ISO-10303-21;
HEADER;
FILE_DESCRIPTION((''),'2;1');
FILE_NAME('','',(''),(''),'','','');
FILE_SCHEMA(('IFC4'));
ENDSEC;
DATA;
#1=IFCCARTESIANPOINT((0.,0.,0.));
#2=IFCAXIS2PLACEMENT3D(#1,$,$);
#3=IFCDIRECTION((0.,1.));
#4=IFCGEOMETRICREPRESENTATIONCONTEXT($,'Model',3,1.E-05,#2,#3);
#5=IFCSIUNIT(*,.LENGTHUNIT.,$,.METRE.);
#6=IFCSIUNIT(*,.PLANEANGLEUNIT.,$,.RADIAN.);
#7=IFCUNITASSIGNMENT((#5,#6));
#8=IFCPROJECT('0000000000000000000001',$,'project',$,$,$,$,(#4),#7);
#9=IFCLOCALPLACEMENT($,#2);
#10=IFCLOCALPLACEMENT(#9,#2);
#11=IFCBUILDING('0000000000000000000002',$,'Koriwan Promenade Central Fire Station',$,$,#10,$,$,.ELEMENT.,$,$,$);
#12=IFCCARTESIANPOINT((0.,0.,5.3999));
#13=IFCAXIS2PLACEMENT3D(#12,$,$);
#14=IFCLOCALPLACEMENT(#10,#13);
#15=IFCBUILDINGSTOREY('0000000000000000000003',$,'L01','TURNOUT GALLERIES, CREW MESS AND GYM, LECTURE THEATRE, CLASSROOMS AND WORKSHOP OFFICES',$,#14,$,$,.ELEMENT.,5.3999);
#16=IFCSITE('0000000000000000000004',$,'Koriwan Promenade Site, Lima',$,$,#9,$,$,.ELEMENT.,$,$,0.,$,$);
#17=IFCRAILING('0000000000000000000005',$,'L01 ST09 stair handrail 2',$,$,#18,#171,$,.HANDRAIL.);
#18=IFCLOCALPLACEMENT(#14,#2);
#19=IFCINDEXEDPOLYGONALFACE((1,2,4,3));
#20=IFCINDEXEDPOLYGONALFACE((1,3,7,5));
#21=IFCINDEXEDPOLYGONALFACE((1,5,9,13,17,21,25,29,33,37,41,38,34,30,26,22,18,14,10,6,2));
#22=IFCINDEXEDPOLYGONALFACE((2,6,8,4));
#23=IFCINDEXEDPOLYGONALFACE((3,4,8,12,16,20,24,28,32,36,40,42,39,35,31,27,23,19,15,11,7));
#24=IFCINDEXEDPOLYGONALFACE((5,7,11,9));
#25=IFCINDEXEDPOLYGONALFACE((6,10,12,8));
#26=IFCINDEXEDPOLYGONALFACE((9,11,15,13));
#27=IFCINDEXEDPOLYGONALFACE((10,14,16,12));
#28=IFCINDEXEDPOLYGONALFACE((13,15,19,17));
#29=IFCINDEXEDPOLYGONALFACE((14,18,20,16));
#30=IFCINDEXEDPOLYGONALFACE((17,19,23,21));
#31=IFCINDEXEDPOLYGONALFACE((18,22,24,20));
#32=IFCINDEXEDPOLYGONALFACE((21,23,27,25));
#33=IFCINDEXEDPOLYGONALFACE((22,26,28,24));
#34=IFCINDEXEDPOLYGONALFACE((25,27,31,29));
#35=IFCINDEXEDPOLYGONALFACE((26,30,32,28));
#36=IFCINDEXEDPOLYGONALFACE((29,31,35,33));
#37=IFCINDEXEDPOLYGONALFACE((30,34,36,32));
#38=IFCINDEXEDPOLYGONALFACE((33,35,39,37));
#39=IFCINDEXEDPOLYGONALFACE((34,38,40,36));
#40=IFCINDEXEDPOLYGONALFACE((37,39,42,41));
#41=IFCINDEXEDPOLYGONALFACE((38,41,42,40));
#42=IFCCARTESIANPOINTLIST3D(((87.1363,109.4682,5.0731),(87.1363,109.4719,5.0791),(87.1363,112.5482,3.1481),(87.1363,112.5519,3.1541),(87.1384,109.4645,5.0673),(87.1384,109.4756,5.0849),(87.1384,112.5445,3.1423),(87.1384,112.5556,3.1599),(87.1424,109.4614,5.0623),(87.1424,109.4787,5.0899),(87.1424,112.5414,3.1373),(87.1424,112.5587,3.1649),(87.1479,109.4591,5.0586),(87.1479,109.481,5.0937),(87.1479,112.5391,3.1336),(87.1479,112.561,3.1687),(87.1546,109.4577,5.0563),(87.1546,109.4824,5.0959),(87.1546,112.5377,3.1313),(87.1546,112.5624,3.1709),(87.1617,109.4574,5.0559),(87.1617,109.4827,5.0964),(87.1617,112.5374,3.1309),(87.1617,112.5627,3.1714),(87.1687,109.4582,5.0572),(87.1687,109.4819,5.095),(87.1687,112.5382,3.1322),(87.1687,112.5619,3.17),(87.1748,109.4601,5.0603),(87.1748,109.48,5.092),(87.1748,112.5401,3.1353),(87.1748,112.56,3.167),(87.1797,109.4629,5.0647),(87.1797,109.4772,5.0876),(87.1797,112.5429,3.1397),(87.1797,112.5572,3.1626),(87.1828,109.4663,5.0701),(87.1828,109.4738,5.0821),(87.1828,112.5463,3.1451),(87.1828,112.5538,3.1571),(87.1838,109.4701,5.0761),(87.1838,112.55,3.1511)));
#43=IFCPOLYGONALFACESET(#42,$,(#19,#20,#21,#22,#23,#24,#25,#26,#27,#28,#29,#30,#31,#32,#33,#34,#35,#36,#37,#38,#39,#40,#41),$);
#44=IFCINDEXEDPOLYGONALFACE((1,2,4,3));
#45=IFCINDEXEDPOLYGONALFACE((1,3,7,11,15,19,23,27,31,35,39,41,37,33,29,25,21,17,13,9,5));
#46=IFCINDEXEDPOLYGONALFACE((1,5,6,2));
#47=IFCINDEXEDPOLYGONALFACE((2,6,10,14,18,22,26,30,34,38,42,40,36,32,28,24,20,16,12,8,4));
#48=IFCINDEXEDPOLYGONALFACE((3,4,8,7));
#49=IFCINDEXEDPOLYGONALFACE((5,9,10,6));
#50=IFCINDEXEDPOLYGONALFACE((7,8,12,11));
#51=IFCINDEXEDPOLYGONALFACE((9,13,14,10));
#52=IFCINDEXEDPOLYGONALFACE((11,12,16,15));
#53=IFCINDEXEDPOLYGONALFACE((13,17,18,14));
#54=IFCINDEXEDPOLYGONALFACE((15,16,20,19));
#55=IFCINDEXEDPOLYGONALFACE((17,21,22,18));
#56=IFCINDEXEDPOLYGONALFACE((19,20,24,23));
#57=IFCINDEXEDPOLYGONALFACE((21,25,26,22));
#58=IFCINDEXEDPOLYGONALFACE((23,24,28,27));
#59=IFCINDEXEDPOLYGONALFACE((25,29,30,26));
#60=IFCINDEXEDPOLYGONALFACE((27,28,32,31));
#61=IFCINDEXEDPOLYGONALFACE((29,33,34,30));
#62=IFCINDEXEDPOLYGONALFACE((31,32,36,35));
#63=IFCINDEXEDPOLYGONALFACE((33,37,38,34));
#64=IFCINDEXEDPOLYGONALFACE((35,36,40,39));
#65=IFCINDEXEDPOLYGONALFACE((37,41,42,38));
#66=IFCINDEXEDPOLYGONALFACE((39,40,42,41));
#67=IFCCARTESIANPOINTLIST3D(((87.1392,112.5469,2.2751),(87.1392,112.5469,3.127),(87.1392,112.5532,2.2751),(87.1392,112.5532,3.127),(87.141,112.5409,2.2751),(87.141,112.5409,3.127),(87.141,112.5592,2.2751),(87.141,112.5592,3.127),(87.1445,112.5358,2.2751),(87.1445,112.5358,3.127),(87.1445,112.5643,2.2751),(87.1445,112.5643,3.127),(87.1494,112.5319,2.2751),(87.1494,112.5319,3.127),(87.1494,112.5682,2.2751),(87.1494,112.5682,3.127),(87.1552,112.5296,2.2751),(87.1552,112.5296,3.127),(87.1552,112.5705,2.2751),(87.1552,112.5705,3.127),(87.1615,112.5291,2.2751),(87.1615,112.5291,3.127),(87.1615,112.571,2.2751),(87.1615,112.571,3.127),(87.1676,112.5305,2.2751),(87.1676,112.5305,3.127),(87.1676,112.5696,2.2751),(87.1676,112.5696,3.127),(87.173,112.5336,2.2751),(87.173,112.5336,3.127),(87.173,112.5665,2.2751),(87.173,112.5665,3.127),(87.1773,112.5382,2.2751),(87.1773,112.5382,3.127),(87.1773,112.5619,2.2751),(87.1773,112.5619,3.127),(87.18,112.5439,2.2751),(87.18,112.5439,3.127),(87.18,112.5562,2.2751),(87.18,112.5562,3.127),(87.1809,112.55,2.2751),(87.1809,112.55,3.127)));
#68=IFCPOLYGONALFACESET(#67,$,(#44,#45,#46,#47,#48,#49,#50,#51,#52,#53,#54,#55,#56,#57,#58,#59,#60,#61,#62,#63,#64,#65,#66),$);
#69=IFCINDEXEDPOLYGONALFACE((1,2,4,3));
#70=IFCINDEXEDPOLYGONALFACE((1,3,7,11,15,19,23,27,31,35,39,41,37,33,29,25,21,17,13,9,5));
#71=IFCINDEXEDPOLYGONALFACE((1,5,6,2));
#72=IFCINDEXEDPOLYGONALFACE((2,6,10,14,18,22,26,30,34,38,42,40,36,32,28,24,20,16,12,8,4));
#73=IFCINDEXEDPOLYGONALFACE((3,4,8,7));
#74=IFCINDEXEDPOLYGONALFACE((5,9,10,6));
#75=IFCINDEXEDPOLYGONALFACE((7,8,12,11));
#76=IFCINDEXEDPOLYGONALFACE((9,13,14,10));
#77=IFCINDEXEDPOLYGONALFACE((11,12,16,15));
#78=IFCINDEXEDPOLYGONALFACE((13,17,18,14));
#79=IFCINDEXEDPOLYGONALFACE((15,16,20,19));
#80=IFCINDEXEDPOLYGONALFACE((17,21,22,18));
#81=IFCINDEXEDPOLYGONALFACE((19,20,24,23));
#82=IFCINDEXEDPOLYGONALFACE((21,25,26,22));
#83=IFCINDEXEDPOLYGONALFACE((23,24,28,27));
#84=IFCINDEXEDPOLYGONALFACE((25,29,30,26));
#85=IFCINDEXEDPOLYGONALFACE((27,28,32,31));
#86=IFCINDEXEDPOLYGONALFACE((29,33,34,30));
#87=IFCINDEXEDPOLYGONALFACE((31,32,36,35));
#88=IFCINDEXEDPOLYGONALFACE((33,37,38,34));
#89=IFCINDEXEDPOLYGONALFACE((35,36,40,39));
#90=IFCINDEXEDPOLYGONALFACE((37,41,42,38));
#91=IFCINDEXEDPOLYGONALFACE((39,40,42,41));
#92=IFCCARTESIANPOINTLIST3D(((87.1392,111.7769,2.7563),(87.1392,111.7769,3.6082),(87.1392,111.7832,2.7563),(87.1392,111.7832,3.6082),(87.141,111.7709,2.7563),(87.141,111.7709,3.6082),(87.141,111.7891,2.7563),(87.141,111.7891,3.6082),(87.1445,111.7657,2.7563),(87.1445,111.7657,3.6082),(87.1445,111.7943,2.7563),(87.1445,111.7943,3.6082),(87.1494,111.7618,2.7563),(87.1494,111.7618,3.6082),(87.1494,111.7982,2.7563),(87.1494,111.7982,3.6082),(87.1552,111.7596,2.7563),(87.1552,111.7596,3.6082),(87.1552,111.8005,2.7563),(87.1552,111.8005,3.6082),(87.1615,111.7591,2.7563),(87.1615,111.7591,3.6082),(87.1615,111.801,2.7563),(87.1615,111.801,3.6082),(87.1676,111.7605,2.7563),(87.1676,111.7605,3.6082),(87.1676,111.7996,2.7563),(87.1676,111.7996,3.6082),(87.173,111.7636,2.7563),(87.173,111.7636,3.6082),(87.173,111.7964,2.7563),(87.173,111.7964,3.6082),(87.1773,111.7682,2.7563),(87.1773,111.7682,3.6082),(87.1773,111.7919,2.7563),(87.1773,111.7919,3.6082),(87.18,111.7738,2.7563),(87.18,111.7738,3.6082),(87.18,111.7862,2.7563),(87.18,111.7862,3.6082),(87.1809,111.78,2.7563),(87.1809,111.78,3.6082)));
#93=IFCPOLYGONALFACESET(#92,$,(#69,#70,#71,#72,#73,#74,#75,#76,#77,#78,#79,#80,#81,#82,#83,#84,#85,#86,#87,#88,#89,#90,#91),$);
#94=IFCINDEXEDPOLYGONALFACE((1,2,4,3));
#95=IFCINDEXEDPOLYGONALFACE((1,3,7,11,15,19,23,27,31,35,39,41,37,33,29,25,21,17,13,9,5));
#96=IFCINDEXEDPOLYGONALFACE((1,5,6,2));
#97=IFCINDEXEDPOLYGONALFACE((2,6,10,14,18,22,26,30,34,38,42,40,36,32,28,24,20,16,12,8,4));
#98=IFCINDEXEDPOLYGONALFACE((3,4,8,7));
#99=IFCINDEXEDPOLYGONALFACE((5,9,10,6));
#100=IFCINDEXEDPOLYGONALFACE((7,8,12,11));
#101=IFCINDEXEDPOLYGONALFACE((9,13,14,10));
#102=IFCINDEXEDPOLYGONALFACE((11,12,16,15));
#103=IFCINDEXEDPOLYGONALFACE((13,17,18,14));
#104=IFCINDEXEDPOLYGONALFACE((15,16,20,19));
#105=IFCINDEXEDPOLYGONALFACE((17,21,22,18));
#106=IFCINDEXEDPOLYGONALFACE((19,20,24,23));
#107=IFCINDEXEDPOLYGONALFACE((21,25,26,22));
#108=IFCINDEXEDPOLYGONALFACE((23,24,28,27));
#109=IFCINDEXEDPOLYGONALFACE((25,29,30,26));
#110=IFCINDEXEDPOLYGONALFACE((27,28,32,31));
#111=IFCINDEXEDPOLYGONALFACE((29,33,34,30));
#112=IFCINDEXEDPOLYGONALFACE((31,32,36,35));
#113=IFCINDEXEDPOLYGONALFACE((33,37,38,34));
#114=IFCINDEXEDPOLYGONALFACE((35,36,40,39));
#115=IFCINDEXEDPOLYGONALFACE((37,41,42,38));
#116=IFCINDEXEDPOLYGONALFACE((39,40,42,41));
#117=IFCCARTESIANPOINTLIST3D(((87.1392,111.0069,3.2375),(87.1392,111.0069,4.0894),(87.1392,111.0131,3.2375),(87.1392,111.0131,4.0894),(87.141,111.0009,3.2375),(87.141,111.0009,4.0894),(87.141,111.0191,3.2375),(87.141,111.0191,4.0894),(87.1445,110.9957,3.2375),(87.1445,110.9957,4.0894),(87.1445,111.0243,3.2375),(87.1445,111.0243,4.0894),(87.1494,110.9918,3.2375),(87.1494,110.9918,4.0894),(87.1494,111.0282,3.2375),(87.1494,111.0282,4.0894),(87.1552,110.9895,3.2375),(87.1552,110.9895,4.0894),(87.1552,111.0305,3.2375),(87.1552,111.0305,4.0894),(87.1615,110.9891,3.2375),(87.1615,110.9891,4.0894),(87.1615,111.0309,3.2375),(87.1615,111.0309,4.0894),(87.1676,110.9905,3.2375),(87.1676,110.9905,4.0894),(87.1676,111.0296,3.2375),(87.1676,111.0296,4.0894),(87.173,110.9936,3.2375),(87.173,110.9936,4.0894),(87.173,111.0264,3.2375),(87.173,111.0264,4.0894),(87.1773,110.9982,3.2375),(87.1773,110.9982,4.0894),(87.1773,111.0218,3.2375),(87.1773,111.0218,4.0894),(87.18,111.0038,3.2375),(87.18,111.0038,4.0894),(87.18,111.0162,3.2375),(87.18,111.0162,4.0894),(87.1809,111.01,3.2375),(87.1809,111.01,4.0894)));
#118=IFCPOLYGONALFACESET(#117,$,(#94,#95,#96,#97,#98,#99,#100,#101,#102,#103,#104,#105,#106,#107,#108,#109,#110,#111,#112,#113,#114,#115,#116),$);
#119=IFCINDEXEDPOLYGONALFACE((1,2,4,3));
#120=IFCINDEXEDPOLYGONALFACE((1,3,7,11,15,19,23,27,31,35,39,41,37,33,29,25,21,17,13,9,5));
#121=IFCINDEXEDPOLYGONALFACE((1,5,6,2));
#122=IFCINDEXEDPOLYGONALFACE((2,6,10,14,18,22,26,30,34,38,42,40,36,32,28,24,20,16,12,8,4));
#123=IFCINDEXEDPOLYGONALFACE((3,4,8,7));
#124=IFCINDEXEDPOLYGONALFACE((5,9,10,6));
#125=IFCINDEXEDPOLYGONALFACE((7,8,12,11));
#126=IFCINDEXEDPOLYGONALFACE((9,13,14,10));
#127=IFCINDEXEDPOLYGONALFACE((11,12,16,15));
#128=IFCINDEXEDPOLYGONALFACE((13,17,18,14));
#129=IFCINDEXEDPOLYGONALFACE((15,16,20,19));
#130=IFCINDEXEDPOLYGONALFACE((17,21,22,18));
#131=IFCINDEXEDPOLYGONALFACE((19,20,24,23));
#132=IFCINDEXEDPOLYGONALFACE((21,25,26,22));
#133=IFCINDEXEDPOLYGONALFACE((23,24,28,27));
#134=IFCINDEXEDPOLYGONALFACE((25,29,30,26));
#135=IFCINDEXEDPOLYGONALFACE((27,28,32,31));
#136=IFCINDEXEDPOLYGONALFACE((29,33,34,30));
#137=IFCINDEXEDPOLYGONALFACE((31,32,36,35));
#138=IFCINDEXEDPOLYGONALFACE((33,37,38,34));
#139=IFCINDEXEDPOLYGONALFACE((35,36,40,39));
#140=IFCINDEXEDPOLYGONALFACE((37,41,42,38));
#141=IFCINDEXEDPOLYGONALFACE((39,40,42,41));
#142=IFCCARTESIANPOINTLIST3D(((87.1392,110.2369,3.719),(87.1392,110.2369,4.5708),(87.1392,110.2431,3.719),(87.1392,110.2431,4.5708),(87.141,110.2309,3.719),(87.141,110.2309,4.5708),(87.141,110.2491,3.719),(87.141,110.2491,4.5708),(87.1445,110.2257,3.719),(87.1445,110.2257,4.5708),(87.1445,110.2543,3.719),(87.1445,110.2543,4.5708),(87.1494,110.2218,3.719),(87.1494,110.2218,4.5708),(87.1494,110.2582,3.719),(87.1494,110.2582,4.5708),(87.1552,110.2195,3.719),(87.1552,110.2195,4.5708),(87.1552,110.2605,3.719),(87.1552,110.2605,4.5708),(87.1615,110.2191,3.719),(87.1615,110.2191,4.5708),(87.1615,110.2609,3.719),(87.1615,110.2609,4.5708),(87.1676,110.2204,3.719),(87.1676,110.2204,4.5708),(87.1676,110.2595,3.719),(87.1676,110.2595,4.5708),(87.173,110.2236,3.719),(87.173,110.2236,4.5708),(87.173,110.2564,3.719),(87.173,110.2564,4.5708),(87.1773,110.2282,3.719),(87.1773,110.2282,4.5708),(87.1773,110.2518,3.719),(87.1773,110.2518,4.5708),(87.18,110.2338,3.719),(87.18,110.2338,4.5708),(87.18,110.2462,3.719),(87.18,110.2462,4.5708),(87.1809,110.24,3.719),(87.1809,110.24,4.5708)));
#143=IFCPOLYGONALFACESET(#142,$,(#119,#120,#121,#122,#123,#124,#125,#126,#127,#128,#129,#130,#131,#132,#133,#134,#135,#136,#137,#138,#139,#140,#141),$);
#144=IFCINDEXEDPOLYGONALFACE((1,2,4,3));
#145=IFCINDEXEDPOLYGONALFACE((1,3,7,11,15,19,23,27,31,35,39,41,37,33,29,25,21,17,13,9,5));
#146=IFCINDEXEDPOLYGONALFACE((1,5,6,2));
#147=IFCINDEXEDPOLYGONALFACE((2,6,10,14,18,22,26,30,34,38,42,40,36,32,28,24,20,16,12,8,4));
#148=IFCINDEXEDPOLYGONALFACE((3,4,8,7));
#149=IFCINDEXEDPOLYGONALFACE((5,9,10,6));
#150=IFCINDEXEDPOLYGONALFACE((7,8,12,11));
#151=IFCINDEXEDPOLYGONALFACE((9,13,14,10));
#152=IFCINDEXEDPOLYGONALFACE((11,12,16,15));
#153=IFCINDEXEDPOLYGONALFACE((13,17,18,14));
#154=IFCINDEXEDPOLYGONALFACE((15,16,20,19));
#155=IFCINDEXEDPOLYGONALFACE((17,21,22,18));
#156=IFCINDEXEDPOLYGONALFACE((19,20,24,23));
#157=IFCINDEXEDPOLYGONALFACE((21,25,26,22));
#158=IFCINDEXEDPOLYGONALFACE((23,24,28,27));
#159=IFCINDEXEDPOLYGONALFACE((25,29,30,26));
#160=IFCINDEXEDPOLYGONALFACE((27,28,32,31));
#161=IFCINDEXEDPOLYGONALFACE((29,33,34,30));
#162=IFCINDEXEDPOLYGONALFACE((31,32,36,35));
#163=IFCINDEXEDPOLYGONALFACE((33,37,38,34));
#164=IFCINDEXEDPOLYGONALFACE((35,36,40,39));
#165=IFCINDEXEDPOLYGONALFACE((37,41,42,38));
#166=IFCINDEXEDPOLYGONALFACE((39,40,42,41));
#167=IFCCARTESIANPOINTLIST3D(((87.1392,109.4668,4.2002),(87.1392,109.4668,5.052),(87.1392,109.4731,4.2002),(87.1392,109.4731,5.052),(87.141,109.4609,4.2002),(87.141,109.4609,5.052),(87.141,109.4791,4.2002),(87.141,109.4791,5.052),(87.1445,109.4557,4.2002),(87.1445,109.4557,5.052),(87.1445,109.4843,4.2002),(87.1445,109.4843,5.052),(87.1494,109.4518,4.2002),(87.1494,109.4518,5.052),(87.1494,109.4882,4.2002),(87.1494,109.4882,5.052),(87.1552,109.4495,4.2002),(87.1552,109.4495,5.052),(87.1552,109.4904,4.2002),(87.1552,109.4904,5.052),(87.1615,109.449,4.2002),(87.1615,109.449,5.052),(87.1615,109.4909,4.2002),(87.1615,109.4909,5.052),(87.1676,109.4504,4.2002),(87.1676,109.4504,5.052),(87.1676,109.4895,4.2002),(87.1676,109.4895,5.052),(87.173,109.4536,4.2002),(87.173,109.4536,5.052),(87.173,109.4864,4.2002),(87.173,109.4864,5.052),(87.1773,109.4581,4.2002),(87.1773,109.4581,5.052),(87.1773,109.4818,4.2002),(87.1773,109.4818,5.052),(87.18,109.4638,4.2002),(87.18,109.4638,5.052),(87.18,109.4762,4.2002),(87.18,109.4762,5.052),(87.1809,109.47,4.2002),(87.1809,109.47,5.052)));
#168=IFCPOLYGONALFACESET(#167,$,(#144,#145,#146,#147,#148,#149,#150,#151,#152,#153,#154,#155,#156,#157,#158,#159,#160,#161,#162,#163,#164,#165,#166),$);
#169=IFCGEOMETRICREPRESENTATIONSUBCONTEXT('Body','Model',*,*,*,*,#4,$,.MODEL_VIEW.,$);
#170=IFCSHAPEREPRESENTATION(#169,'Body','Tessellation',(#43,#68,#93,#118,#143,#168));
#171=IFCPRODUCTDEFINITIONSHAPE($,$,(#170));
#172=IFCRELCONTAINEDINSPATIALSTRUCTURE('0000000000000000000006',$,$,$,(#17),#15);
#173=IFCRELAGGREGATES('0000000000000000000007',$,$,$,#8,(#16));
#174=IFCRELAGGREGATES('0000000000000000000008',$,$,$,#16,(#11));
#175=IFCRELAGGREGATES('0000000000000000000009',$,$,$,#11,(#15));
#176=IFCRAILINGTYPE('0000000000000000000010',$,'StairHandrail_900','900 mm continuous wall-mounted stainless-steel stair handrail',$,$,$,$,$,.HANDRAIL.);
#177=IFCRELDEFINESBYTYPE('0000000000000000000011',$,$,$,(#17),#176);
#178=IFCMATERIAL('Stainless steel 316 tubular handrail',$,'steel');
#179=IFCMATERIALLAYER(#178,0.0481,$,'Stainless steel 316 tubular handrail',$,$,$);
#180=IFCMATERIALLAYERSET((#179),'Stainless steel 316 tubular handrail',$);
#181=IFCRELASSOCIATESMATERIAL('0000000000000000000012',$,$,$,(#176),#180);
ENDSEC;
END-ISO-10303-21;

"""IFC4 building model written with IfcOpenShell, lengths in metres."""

from ifc_helpers import new_model, si_unit, direction, frame, origin, origin_2d, place, context, subcontext, project, spatial, circle, extrude, material, layer, layer_set, type_object, element, save


model = new_model("IFC4")

# Units and contexts
model_context = context("Model", 3, precision=1e-05, world=origin(), true_north=direction((0.0, 1.0)))
body_context = subcontext(model_context, "Body", "Model", "MODEL_VIEW")
ifc_project = project(units=[si_unit("LENGTHUNIT", "METRE"), si_unit("PLANEANGLEUNIT", "RADIAN")], contexts=[model_context])

# Site, building, storey
site_placement = place(None, origin())
site = spatial("IfcSite", under=ifc_project, at=site_placement, Name="Koriwan Promenade Site, Lima", CompositionType="ELEMENT", RefElevation=0.0)
building_placement = place(site_placement, origin())
building = spatial("IfcBuilding", under=site, at=building_placement, Name="Koriwan Promenade Central Fire Station", CompositionType="ELEMENT")
storey_placement = place(building_placement, frame((0.0, 0.0, 5.3999)))
storey = spatial("IfcBuildingStorey", under=building, at=storey_placement, Name="L01", Description="TURNOUT GALLERIES, CREW MESS AND GYM, LECTURE THEATRE, CLASSROOMS AND WORKSHOP OFFICES", CompositionType="ELEMENT", Elevation=5.3999)

# Railing
ifc_material_1 = material(Name="Stainless steel 316 tubular handrail", Category="steel")
ifc_layer_1 = layer(ifc_material_1, 0.0481, Name="Stainless steel 316 tubular handrail")
ifc_layer_set_1 = layer_set([ifc_layer_1], Name="Stainless steel 316 tubular handrail")
railing_type_1 = type_object("IfcRailingType", Name="StairHandrail_900", Description="900 mm continuous wall-mounted stainless-steel stair handrail", PredefinedType="HANDRAIL", material=ifc_layer_set_1)
railing_1_placement = place(storey_placement, frame((87.1599, 112.55, 2.2751)))
element("IfcRailing", 1, at=railing_1_placement, inside=storey, type_object=railing_type_1, Name="L01 ST09 stair handrail 2", PredefinedType="HANDRAIL", context=body_context, shape_type="SweptSolid", body=[
    extrude(circle(Radius=0.0239, at=origin_2d()), frame((0.0, 0.0, 0.876), z_axis=(0.0, -0.847998, 0.529999), x_axis=(1.0, 0.0, 0.0)), (0.0, 0.0, 1.0), 3.6321),
    extrude(circle(Radius=0.021, at=origin_2d()), origin(), (0.0, 0.0, 1.0), 0.8518),
    extrude(circle(Radius=0.021, at=origin_2d()), frame((0.0, -0.77, 0.4812)), (0.0, 0.0, 1.0), 0.8518),
    extrude(circle(Radius=0.021, at=origin_2d()), frame((0.0, -1.54, 0.9624)), (0.0, 0.0, 1.0), 0.8518),
    extrude(circle(Radius=0.021, at=origin_2d()), frame((0.0, -2.3101, 1.4438)), (0.0, 0.0, 1.0), 0.8518),
    extrude(circle(Radius=0.021, at=origin_2d()), frame((0.0, -3.0801, 1.925)), (0.0, 0.0, 1.0), 0.8518),
])

save(model, "model.ifc")
